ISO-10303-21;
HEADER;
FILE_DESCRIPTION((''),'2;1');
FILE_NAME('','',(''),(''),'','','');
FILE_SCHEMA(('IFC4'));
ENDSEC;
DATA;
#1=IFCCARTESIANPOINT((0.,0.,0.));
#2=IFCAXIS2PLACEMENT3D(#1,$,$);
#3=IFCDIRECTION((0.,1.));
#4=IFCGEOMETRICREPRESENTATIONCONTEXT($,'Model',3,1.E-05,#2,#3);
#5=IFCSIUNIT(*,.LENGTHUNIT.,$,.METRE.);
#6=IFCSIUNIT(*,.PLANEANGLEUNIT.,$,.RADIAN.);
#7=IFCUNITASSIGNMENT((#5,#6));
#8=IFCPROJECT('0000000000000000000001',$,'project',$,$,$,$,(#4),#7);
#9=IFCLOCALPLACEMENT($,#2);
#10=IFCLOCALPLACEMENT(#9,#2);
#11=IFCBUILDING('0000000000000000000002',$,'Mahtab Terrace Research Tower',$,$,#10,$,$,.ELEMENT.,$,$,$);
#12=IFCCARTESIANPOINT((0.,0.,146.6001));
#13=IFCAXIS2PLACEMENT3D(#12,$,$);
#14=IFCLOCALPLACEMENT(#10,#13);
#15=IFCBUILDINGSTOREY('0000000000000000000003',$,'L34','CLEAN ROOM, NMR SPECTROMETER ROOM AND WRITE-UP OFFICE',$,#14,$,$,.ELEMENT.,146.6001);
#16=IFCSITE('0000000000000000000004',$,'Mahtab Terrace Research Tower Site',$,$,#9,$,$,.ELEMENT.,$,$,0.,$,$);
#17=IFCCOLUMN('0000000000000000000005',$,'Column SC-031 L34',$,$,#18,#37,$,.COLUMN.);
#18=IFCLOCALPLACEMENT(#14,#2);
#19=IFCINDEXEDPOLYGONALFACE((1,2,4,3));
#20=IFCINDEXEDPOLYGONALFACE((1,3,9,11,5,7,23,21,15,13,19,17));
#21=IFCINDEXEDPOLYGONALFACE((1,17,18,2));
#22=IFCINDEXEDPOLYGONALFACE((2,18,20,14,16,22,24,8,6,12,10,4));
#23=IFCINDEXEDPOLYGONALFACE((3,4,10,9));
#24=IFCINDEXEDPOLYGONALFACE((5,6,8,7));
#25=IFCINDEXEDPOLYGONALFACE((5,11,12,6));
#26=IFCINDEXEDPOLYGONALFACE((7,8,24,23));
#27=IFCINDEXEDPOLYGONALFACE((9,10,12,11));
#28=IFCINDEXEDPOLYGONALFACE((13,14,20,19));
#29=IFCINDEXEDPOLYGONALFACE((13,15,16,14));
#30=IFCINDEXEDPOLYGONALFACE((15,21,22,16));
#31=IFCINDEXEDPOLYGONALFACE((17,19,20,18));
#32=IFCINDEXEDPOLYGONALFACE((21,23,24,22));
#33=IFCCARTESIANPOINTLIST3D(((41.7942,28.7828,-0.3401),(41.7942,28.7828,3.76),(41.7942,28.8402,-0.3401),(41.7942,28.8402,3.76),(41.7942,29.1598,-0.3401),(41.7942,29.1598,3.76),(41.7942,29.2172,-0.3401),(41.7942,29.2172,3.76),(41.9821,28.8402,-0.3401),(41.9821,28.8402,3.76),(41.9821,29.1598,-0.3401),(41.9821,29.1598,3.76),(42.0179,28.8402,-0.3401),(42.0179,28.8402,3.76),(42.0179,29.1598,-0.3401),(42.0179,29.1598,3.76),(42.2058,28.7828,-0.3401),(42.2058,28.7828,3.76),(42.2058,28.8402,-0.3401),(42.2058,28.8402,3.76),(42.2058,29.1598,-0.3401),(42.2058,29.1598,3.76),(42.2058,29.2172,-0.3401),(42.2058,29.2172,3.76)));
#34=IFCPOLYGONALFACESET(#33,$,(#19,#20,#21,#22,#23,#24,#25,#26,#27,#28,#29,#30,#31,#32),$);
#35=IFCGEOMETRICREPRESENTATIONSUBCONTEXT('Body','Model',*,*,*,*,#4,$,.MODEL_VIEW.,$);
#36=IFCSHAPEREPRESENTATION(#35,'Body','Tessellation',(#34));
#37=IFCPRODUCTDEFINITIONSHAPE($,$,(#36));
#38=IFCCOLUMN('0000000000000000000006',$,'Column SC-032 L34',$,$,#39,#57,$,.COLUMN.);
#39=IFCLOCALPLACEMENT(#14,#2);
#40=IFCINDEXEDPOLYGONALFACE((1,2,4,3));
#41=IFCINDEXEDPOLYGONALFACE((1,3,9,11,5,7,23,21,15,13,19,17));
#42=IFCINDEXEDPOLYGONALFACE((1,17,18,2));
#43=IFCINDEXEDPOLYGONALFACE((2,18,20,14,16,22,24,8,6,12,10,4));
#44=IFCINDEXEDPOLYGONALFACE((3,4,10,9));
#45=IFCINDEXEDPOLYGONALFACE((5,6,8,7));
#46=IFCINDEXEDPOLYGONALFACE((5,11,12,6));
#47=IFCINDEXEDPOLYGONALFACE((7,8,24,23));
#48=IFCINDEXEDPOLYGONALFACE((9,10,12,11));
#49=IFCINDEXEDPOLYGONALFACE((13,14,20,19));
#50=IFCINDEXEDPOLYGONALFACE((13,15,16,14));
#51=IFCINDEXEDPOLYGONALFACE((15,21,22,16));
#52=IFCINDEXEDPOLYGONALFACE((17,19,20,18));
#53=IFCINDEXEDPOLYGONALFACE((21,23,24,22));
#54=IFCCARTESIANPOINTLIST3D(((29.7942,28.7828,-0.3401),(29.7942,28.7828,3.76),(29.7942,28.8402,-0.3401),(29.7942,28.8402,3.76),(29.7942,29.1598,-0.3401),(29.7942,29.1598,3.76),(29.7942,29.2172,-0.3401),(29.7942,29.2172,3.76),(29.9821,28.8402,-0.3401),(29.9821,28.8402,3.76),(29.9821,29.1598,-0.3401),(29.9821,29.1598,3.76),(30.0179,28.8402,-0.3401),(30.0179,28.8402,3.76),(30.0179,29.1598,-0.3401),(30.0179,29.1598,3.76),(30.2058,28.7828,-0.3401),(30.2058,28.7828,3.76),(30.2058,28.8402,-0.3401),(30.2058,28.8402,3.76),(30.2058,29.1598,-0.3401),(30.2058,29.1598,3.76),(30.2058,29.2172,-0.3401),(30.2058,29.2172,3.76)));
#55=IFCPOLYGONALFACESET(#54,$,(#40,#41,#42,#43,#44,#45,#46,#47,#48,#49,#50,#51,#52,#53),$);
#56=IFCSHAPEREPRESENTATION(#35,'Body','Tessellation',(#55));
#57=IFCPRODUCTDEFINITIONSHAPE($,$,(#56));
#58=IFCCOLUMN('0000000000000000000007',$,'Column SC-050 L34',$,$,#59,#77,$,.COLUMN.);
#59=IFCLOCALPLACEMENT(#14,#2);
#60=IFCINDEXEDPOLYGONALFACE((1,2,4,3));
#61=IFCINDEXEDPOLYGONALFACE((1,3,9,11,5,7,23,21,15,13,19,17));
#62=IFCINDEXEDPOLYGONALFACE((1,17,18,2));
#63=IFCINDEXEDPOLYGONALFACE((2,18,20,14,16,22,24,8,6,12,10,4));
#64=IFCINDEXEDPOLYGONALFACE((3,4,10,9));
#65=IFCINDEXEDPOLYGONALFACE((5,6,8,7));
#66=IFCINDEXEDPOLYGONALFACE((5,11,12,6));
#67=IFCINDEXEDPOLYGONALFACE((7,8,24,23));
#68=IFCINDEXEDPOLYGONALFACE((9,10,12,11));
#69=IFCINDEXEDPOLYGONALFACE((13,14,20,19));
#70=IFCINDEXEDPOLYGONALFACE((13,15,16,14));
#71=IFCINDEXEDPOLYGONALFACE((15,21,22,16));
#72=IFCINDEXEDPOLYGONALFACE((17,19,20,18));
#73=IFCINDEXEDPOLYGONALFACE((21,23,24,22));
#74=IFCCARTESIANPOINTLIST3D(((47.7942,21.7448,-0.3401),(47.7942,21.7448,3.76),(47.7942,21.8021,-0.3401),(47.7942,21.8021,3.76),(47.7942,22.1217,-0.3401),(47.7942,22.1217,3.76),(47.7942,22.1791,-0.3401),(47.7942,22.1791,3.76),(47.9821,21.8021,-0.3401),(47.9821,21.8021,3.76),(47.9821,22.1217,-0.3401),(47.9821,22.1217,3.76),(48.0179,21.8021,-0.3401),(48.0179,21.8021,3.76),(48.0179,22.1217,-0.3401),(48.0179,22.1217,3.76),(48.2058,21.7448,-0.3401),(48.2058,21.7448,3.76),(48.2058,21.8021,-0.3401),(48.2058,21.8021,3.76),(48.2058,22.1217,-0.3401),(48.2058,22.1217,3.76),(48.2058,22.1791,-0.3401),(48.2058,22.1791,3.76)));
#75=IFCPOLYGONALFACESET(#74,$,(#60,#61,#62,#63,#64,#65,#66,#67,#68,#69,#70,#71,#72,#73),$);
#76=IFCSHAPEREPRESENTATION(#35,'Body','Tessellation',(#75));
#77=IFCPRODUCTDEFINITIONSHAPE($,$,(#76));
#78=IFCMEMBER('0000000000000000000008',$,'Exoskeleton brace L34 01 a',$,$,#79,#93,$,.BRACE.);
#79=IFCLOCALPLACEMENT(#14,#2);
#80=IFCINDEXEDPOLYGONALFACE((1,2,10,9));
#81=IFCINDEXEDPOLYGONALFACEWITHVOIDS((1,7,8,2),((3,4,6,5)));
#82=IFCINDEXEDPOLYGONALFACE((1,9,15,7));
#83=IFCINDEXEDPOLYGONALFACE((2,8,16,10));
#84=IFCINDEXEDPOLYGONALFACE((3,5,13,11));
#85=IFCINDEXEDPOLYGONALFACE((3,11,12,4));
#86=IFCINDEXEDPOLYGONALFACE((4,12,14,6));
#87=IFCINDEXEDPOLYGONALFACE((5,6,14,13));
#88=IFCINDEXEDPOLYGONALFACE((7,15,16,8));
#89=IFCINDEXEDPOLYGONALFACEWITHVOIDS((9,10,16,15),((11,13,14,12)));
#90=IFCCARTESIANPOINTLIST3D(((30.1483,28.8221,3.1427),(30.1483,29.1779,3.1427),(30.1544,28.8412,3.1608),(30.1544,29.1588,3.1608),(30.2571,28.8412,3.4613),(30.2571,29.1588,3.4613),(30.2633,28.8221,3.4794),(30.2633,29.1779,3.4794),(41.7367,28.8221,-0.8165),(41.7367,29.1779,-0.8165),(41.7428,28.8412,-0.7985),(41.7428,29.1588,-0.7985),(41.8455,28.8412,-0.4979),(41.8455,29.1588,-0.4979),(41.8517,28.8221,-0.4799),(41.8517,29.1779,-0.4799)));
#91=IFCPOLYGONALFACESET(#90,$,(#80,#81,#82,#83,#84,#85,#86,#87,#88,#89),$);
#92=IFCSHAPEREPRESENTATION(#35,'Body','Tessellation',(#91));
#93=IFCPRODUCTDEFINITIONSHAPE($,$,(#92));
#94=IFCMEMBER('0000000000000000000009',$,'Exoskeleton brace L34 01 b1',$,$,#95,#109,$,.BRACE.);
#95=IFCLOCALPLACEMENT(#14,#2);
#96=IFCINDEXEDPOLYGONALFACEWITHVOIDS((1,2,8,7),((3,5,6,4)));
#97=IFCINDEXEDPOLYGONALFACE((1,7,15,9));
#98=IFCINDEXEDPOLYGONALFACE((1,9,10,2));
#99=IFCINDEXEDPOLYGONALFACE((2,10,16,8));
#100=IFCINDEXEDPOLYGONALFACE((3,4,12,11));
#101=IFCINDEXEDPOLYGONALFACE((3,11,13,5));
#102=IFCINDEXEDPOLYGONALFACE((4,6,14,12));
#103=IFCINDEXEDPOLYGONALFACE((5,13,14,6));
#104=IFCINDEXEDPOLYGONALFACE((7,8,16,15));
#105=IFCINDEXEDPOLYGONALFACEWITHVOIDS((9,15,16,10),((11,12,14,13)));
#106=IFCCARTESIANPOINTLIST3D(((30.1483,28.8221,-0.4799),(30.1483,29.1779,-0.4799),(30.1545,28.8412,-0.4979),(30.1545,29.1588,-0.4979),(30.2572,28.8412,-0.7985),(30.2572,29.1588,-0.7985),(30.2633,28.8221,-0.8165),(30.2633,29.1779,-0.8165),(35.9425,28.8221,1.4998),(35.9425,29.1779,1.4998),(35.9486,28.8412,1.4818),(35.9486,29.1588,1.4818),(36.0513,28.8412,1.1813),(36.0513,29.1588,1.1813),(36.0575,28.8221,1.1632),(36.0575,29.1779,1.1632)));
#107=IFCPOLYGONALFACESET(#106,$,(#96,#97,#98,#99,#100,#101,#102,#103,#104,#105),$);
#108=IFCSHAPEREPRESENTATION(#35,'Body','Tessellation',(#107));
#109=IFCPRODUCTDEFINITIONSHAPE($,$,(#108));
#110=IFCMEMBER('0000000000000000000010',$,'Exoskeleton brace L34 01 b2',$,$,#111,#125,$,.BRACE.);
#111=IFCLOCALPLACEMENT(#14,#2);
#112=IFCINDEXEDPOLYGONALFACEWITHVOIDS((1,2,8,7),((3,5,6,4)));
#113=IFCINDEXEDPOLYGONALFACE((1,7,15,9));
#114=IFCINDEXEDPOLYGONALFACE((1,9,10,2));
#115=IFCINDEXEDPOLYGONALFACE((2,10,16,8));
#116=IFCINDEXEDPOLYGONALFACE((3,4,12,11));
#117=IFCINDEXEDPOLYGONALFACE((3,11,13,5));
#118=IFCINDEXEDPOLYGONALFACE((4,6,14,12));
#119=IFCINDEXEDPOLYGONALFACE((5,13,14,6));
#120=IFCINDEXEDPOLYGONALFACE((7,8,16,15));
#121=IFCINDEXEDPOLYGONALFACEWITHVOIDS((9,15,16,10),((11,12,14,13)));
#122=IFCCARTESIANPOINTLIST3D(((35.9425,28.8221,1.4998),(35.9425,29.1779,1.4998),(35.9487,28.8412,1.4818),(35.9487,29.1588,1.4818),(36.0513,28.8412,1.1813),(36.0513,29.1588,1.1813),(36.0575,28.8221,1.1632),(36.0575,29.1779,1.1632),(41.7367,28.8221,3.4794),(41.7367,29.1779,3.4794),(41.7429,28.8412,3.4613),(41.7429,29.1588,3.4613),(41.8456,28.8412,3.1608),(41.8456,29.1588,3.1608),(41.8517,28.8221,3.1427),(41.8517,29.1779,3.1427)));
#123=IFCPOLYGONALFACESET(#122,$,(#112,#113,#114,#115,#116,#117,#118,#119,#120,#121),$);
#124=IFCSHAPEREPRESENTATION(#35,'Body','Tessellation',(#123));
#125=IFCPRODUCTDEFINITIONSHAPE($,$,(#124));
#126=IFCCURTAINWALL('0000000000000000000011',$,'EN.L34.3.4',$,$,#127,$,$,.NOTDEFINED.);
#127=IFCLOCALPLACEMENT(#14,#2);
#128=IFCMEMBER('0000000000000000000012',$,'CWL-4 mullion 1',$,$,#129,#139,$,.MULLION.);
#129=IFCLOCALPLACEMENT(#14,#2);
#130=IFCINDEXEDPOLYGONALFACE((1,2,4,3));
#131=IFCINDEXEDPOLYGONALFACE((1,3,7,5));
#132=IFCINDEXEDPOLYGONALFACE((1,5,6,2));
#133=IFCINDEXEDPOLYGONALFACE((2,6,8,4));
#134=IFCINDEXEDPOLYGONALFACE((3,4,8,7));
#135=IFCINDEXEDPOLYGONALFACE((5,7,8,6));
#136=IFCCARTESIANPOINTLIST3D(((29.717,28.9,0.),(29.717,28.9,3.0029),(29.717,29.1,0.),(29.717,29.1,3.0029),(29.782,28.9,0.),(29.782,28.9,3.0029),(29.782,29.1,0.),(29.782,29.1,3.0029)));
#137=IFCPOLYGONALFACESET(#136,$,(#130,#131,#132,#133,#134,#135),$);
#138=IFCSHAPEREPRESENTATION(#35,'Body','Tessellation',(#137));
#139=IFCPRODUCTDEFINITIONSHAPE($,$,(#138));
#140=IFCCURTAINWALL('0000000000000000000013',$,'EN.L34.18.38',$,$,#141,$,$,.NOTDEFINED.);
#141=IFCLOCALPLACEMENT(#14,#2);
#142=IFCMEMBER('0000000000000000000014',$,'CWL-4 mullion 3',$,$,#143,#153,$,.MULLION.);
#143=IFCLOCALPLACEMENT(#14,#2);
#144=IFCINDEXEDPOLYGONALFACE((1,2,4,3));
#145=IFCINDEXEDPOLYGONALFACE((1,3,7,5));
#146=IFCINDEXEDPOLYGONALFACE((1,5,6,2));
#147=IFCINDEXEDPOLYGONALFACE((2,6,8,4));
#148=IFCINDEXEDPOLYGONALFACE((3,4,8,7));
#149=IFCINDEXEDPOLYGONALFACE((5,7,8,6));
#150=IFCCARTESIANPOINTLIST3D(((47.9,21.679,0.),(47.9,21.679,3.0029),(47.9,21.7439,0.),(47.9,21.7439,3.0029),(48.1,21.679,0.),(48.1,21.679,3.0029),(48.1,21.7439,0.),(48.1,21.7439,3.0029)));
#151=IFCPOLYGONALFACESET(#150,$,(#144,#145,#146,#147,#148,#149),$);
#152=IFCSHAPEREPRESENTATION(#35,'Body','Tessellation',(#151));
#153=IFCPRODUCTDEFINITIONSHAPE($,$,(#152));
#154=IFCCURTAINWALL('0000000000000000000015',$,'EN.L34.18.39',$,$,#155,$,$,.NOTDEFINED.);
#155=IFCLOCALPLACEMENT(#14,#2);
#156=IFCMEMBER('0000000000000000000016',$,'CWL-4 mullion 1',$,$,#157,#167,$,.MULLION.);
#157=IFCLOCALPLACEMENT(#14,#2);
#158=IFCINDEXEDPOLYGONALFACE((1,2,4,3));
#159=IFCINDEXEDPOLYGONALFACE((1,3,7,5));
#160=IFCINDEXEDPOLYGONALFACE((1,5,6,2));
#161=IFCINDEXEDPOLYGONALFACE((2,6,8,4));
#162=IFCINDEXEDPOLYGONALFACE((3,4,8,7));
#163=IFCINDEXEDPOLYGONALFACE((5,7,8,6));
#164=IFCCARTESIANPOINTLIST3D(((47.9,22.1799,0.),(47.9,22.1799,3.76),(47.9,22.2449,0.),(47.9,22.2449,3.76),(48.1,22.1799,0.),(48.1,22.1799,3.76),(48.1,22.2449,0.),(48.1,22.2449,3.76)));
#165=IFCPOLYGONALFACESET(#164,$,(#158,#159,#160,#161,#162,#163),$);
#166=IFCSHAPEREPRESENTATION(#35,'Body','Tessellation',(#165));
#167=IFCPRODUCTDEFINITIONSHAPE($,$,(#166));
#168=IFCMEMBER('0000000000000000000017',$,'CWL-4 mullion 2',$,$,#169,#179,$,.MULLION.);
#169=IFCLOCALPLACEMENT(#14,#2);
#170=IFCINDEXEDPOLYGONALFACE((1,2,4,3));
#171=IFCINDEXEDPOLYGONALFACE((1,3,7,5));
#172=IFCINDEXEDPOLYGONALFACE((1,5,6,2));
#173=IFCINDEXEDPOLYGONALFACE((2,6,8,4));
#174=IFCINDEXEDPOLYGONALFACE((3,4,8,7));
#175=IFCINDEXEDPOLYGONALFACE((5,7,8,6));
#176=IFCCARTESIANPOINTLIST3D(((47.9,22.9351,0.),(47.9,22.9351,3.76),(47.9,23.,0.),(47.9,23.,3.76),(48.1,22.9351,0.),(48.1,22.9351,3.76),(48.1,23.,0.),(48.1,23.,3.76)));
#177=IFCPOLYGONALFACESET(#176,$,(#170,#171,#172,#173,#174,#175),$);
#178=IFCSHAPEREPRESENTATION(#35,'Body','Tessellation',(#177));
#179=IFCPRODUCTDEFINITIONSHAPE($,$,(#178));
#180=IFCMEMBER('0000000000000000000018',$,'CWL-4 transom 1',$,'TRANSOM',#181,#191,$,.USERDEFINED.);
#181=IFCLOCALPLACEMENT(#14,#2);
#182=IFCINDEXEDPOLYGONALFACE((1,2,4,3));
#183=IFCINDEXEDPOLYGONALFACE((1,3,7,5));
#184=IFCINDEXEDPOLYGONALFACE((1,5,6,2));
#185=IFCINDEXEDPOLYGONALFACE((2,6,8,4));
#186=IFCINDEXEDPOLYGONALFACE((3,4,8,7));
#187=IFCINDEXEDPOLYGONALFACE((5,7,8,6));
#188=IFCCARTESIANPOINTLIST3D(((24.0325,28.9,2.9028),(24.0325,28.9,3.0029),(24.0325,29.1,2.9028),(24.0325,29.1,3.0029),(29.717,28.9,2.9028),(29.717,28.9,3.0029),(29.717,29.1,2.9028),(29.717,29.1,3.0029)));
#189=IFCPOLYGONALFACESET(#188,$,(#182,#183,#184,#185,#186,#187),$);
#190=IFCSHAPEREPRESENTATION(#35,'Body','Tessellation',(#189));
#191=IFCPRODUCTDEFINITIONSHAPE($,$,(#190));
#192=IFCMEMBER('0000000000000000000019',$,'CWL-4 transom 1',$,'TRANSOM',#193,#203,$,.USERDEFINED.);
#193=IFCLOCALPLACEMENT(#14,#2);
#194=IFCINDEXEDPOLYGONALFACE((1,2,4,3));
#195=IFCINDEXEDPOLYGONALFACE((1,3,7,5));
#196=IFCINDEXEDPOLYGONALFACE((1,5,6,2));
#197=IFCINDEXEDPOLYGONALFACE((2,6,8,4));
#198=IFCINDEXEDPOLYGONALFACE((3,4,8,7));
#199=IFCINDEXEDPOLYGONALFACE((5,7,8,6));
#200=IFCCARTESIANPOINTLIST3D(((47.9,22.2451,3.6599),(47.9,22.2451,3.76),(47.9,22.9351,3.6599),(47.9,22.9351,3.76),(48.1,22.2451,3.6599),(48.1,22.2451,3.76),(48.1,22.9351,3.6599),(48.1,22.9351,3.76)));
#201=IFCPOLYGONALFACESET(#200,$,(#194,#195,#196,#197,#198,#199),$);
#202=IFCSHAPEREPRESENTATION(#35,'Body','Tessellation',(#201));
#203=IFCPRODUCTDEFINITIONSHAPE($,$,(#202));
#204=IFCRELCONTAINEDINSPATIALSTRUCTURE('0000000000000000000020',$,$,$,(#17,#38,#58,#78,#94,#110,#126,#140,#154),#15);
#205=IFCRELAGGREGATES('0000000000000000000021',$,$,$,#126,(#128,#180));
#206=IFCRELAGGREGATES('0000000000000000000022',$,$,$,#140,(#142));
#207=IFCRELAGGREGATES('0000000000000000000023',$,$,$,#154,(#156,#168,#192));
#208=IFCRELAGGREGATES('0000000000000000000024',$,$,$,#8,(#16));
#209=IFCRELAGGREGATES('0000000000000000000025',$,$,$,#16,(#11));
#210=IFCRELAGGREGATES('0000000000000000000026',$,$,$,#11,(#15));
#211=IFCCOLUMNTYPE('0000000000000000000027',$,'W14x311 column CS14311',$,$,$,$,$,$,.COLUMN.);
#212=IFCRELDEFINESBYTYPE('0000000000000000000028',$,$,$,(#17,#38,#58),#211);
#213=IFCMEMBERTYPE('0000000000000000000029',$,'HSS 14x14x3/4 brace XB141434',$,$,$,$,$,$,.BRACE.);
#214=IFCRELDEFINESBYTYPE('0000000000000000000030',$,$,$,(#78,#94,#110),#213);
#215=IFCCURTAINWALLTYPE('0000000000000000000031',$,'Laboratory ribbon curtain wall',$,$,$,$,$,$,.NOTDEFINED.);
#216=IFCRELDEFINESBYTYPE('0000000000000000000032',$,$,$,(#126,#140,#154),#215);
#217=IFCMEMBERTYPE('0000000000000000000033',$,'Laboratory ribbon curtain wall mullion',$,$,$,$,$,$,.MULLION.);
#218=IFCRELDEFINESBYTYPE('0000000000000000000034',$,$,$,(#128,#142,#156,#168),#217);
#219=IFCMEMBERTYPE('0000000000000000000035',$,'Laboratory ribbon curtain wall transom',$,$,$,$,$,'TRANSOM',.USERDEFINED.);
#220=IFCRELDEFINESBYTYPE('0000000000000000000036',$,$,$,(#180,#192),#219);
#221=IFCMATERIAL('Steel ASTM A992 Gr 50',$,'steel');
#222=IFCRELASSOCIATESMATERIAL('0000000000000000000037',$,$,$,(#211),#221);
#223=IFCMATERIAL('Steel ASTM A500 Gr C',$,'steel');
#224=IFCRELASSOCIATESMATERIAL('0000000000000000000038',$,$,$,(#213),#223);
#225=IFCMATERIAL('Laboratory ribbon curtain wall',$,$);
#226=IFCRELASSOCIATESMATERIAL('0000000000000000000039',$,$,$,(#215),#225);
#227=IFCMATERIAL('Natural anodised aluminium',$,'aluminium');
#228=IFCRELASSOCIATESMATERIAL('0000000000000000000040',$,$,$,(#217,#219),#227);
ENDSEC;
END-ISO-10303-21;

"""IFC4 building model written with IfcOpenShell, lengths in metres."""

from ifc_helpers import new_model, si_unit, direction, frame, origin, origin_2d, place, context, subcontext, project, spatial, rectangle, hollow_rectangle, i_section, extrude, material, material_profile, profile_set, type_object, element, aggregate, save


model = new_model("IFC4")

# Units and contexts
model_context = context("Model", 3, precision=1e-05, world=origin(), true_north=direction((0.0, 1.0)))
body_context = subcontext(model_context, "Body", "Model", "MODEL_VIEW")
ifc_project = project(units=[si_unit("LENGTHUNIT", "METRE"), si_unit("PLANEANGLEUNIT", "RADIAN")], contexts=[model_context])

# Site, building, storey
site_placement = place(None, origin())
site = spatial("IfcSite", under=ifc_project, at=site_placement, Name="Mahtab Terrace Research Tower Site", CompositionType="ELEMENT", RefElevation=0.0)
building_placement = place(site_placement, origin())
building = spatial("IfcBuilding", under=site, at=building_placement, Name="Mahtab Terrace Research Tower", CompositionType="ELEMENT")
storey_placement = place(building_placement, frame((0.0, 0.0, 146.6001)))
storey = spatial("IfcBuildingStorey", under=building, at=storey_placement, Name="L34", Description="CLEAN ROOM, NMR SPECTROMETER ROOM AND WRITE-UP OFFICE", CompositionType="ELEMENT", Elevation=146.6001)

# Columns
ifc_material_1 = material(Name="Steel ASTM A992 Gr 50", Category="steel")
ifc_material_profile_1 = material_profile(ifc_material_1, i_section(OverallWidth=0.4116, OverallDepth=0.4343, WebThickness=0.0359, FlangeThickness=0.0574, at=origin_2d()), Name="W14X311")
ifc_profile_set_1 = profile_set([ifc_material_profile_1], Name="Steel ASTM A992 Gr 50")
column_type = type_object("IfcColumnType", Name="W14x311 column CS14311", PredefinedType="COLUMN", material=ifc_profile_set_1)
for number, where, z_axis, x_axis, name in (
    (1, (42.0, 29.0, -0.3401), (0.0, 0.0, 1.0), (1.0, 0.0, 0.0), "Column SC-031 L34"),
    (2, (30.0, 29.0, -0.3401), (0.0, 0.0, 1.0), (1.0, 0.0, 0.0), "Column SC-032 L34"),
    (3, (48.0, 21.9619, -0.3401), (0.0, 0.0, 1.0), (1.0, 0.0, 0.0), "Column SC-050 L34"),
):
    element("IfcColumn", number, at=place(storey_placement, frame(where, z_axis=z_axis, x_axis=x_axis)), inside=storey, type_object=column_type, Name=name, PredefinedType="COLUMN", context=body_context, shape_type="SweptSolid", body=[
        extrude(i_section(OverallWidth=0.4116, OverallDepth=0.4343, WebThickness=0.0359, FlangeThickness=0.0574, at=origin_2d()), origin(), (0.0, 0.0, 1.0), 4.1001),
    ])

# Members
ifc_material_2 = material(Name="Steel ASTM A500 Gr C", Category="steel")
ifc_material_profile_2 = material_profile(ifc_material_2, hollow_rectangle(XDim=0.3557, YDim=0.3557, WallThickness=0.019, at=origin_2d()), Name="HSS14X14X3/4")
ifc_profile_set_2 = profile_set([ifc_material_profile_2], Name="Steel ASTM A500 Gr C")
member_type_1 = type_object("IfcMemberType", Name="HSS 14x14x3/4 brace XB141434", PredefinedType="BRACE", material=ifc_profile_set_2)
member_1_placement = place(storey_placement, frame((41.7942, 29.0, -0.6482), z_axis=(-0.946294, 0.0, 0.323306), x_axis=(0.0, -1.0, 0.0)))
element("IfcMember", 4, at=member_1_placement, inside=storey, type_object=member_type_1, Name="Exoskeleton brace L34 01 a", PredefinedType="BRACE", context=body_context, shape_type="SweptSolid", body=[
    extrude(hollow_rectangle(XDim=0.3557, YDim=0.3557, WallThickness=0.019, at=origin_2d()), origin(), (0.0, 0.0, 1.0), 12.2461),
])
for number, where, z_axis, x_axis, name in (
    (5, (30.2058, 29.0, -0.6482), (0.946288, 0.0, 0.323324), (0.0, 1.0, 0.0), "Exoskeleton brace L34 01 b1"),
    (6, (36.0, 29.0, 1.3315), (0.9463, 0.0, 0.323288), (0.0, 1.0, 0.0), "Exoskeleton brace L34 01 b2"),
):
    element("IfcMember", number, at=place(storey_placement, frame(where, z_axis=z_axis, x_axis=x_axis)), inside=storey, type_object=member_type_1, Name=name, PredefinedType="BRACE", context=body_context, shape_type="SweptSolid", body=[
        extrude(hollow_rectangle(XDim=0.3557, YDim=0.3557, WallThickness=0.019, at=origin_2d()), origin(), (0.0, 0.0, 1.0), 6.123),
    ])

# Curtain walls, members
ifc_material_3 = material(Name="Laboratory ribbon curtain wall")
curtain_wall_type = type_object("IfcCurtainWallType", Name="Laboratory ribbon curtain wall", PredefinedType="NOTDEFINED", material=ifc_material_3)
curtain_wall_1_placement = place(storey_placement, origin())
curtain_wall_1 = element("IfcCurtainWall", 7, at=curtain_wall_1_placement, inside=storey, type_object=curtain_wall_type, Name="EN.L34.3.4", PredefinedType="NOTDEFINED")
ifc_material_4 = material(Name="Natural anodised aluminium", Category="aluminium")
ifc_material_profile_3 = material_profile(ifc_material_4, rectangle(XDim=0.2, YDim=0.0649, at=origin_2d()), Name="MULLION 65x200")
ifc_profile_set_3 = profile_set([ifc_material_profile_3], Name="Natural anodised aluminium")
member_type_2 = type_object("IfcMemberType", Name="Laboratory ribbon curtain wall mullion", PredefinedType="MULLION", material=ifc_profile_set_3)
member_2_placement = place(storey_placement, frame((29.7495, 29.0, 0.0), z_axis=(0.0, 0.0, 1.0), x_axis=(0.0, -1.0, 0.0)))
member_2 = element("IfcMember", 8, at=member_2_placement, type_object=member_type_2, Name="CWL-4 mullion 1", PredefinedType="MULLION", context=body_context, shape_type="SweptSolid", body=[
    extrude(rectangle(XDim=0.2, YDim=0.0649, at=origin_2d()), origin(), (0.0, 0.0, 1.0), 3.0029),
])
curtain_wall_2_placement = place(storey_placement, origin())
curtain_wall_2 = element("IfcCurtainWall", 9, at=curtain_wall_2_placement, inside=storey, type_object=curtain_wall_type, Name="EN.L34.18.38", PredefinedType="NOTDEFINED")
member_3_placement = place(storey_placement, frame((48.0, 21.7114, 0.0), z_axis=(0.0, 0.0, 1.0), x_axis=(-1.0, 0.0, 0.0)))
member_3 = element("IfcMember", 10, at=member_3_placement, type_object=member_type_2, Name="CWL-4 mullion 3", PredefinedType="MULLION", context=body_context, shape_type="SweptSolid", body=[
    extrude(rectangle(XDim=0.2, YDim=0.0649, at=origin_2d()), origin(), (0.0, 0.0, 1.0), 3.0029),
])

# Curtain wall, members
curtain_wall_3_placement = place(storey_placement, origin())
curtain_wall_3 = element("IfcCurtainWall", 11, at=curtain_wall_3_placement, inside=storey, type_object=curtain_wall_type, Name="EN.L34.18.39", PredefinedType="NOTDEFINED")
member_4_placement = place(storey_placement, frame((48.0, 22.2124, 0.0), z_axis=(0.0, 0.0, 1.0), x_axis=(-1.0, 0.0, 0.0)))
member_4 = element("IfcMember", 12, at=member_4_placement, type_object=member_type_2, Name="CWL-4 mullion 1", PredefinedType="MULLION", context=body_context, shape_type="SweptSolid", body=[
    extrude(rectangle(XDim=0.2, YDim=0.0649, at=origin_2d()), origin(), (0.0, 0.0, 1.0), 3.76),
])
member_5_placement = place(storey_placement, frame((48.0, 22.9675, 0.0), z_axis=(0.0, 0.0, 1.0), x_axis=(-1.0, 0.0, 0.0)))
member_5 = element("IfcMember", 13, at=member_5_placement, type_object=member_type_2, Name="CWL-4 mullion 2", PredefinedType="MULLION", context=body_context, shape_type="SweptSolid", body=[
    extrude(rectangle(XDim=0.2, YDim=0.0649, at=origin_2d()), origin(), (0.0, 0.0, 1.0), 3.76),
])

# Members
ifc_material_profile_4 = material_profile(ifc_material_4, rectangle(XDim=0.2, YDim=0.1001, at=origin_2d()), Name="TRANSOM 100x200")
ifc_profile_set_4 = profile_set([ifc_material_profile_4], Name="Natural anodised aluminium")
member_type_3 = type_object("IfcMemberType", Name="Laboratory ribbon curtain wall transom", ElementType="TRANSOM", PredefinedType="USERDEFINED", material=ifc_profile_set_4)
member_6_placement = place(storey_placement, frame((29.717, 29.0, 2.9529), z_axis=(-1.0, 0.0, 0.0), x_axis=(0.0, -1.0, 0.0)))
member_6 = element("IfcMember", 14, at=member_6_placement, type_object=member_type_3, Name="CWL-4 transom 1", ObjectType="TRANSOM", PredefinedType="USERDEFINED", context=body_context, shape_type="SweptSolid", body=[
    extrude(rectangle(XDim=0.2, YDim=0.1001, at=origin_2d()), origin(), (0.0, 0.0, 1.0), 5.6846),
])
member_7_placement = place(storey_placement, frame((48.0, 22.2451, 3.71), z_axis=(0.0, 1.0, 0.0), x_axis=(-1.0, 0.0, 0.0)))
member_7 = element("IfcMember", 15, at=member_7_placement, type_object=member_type_3, Name="CWL-4 transom 1", ObjectType="TRANSOM", PredefinedType="USERDEFINED", context=body_context, shape_type="SweptSolid", body=[
    extrude(rectangle(XDim=0.2, YDim=0.1001, at=origin_2d()), origin(), (0.0, 0.0, 1.0), 0.6899),
])

aggregate(curtain_wall_1, [member_2, member_6])
aggregate(curtain_wall_2, [member_3])
aggregate(curtain_wall_3, [member_4, member_5, member_7])

save(model, "model.ifc")
